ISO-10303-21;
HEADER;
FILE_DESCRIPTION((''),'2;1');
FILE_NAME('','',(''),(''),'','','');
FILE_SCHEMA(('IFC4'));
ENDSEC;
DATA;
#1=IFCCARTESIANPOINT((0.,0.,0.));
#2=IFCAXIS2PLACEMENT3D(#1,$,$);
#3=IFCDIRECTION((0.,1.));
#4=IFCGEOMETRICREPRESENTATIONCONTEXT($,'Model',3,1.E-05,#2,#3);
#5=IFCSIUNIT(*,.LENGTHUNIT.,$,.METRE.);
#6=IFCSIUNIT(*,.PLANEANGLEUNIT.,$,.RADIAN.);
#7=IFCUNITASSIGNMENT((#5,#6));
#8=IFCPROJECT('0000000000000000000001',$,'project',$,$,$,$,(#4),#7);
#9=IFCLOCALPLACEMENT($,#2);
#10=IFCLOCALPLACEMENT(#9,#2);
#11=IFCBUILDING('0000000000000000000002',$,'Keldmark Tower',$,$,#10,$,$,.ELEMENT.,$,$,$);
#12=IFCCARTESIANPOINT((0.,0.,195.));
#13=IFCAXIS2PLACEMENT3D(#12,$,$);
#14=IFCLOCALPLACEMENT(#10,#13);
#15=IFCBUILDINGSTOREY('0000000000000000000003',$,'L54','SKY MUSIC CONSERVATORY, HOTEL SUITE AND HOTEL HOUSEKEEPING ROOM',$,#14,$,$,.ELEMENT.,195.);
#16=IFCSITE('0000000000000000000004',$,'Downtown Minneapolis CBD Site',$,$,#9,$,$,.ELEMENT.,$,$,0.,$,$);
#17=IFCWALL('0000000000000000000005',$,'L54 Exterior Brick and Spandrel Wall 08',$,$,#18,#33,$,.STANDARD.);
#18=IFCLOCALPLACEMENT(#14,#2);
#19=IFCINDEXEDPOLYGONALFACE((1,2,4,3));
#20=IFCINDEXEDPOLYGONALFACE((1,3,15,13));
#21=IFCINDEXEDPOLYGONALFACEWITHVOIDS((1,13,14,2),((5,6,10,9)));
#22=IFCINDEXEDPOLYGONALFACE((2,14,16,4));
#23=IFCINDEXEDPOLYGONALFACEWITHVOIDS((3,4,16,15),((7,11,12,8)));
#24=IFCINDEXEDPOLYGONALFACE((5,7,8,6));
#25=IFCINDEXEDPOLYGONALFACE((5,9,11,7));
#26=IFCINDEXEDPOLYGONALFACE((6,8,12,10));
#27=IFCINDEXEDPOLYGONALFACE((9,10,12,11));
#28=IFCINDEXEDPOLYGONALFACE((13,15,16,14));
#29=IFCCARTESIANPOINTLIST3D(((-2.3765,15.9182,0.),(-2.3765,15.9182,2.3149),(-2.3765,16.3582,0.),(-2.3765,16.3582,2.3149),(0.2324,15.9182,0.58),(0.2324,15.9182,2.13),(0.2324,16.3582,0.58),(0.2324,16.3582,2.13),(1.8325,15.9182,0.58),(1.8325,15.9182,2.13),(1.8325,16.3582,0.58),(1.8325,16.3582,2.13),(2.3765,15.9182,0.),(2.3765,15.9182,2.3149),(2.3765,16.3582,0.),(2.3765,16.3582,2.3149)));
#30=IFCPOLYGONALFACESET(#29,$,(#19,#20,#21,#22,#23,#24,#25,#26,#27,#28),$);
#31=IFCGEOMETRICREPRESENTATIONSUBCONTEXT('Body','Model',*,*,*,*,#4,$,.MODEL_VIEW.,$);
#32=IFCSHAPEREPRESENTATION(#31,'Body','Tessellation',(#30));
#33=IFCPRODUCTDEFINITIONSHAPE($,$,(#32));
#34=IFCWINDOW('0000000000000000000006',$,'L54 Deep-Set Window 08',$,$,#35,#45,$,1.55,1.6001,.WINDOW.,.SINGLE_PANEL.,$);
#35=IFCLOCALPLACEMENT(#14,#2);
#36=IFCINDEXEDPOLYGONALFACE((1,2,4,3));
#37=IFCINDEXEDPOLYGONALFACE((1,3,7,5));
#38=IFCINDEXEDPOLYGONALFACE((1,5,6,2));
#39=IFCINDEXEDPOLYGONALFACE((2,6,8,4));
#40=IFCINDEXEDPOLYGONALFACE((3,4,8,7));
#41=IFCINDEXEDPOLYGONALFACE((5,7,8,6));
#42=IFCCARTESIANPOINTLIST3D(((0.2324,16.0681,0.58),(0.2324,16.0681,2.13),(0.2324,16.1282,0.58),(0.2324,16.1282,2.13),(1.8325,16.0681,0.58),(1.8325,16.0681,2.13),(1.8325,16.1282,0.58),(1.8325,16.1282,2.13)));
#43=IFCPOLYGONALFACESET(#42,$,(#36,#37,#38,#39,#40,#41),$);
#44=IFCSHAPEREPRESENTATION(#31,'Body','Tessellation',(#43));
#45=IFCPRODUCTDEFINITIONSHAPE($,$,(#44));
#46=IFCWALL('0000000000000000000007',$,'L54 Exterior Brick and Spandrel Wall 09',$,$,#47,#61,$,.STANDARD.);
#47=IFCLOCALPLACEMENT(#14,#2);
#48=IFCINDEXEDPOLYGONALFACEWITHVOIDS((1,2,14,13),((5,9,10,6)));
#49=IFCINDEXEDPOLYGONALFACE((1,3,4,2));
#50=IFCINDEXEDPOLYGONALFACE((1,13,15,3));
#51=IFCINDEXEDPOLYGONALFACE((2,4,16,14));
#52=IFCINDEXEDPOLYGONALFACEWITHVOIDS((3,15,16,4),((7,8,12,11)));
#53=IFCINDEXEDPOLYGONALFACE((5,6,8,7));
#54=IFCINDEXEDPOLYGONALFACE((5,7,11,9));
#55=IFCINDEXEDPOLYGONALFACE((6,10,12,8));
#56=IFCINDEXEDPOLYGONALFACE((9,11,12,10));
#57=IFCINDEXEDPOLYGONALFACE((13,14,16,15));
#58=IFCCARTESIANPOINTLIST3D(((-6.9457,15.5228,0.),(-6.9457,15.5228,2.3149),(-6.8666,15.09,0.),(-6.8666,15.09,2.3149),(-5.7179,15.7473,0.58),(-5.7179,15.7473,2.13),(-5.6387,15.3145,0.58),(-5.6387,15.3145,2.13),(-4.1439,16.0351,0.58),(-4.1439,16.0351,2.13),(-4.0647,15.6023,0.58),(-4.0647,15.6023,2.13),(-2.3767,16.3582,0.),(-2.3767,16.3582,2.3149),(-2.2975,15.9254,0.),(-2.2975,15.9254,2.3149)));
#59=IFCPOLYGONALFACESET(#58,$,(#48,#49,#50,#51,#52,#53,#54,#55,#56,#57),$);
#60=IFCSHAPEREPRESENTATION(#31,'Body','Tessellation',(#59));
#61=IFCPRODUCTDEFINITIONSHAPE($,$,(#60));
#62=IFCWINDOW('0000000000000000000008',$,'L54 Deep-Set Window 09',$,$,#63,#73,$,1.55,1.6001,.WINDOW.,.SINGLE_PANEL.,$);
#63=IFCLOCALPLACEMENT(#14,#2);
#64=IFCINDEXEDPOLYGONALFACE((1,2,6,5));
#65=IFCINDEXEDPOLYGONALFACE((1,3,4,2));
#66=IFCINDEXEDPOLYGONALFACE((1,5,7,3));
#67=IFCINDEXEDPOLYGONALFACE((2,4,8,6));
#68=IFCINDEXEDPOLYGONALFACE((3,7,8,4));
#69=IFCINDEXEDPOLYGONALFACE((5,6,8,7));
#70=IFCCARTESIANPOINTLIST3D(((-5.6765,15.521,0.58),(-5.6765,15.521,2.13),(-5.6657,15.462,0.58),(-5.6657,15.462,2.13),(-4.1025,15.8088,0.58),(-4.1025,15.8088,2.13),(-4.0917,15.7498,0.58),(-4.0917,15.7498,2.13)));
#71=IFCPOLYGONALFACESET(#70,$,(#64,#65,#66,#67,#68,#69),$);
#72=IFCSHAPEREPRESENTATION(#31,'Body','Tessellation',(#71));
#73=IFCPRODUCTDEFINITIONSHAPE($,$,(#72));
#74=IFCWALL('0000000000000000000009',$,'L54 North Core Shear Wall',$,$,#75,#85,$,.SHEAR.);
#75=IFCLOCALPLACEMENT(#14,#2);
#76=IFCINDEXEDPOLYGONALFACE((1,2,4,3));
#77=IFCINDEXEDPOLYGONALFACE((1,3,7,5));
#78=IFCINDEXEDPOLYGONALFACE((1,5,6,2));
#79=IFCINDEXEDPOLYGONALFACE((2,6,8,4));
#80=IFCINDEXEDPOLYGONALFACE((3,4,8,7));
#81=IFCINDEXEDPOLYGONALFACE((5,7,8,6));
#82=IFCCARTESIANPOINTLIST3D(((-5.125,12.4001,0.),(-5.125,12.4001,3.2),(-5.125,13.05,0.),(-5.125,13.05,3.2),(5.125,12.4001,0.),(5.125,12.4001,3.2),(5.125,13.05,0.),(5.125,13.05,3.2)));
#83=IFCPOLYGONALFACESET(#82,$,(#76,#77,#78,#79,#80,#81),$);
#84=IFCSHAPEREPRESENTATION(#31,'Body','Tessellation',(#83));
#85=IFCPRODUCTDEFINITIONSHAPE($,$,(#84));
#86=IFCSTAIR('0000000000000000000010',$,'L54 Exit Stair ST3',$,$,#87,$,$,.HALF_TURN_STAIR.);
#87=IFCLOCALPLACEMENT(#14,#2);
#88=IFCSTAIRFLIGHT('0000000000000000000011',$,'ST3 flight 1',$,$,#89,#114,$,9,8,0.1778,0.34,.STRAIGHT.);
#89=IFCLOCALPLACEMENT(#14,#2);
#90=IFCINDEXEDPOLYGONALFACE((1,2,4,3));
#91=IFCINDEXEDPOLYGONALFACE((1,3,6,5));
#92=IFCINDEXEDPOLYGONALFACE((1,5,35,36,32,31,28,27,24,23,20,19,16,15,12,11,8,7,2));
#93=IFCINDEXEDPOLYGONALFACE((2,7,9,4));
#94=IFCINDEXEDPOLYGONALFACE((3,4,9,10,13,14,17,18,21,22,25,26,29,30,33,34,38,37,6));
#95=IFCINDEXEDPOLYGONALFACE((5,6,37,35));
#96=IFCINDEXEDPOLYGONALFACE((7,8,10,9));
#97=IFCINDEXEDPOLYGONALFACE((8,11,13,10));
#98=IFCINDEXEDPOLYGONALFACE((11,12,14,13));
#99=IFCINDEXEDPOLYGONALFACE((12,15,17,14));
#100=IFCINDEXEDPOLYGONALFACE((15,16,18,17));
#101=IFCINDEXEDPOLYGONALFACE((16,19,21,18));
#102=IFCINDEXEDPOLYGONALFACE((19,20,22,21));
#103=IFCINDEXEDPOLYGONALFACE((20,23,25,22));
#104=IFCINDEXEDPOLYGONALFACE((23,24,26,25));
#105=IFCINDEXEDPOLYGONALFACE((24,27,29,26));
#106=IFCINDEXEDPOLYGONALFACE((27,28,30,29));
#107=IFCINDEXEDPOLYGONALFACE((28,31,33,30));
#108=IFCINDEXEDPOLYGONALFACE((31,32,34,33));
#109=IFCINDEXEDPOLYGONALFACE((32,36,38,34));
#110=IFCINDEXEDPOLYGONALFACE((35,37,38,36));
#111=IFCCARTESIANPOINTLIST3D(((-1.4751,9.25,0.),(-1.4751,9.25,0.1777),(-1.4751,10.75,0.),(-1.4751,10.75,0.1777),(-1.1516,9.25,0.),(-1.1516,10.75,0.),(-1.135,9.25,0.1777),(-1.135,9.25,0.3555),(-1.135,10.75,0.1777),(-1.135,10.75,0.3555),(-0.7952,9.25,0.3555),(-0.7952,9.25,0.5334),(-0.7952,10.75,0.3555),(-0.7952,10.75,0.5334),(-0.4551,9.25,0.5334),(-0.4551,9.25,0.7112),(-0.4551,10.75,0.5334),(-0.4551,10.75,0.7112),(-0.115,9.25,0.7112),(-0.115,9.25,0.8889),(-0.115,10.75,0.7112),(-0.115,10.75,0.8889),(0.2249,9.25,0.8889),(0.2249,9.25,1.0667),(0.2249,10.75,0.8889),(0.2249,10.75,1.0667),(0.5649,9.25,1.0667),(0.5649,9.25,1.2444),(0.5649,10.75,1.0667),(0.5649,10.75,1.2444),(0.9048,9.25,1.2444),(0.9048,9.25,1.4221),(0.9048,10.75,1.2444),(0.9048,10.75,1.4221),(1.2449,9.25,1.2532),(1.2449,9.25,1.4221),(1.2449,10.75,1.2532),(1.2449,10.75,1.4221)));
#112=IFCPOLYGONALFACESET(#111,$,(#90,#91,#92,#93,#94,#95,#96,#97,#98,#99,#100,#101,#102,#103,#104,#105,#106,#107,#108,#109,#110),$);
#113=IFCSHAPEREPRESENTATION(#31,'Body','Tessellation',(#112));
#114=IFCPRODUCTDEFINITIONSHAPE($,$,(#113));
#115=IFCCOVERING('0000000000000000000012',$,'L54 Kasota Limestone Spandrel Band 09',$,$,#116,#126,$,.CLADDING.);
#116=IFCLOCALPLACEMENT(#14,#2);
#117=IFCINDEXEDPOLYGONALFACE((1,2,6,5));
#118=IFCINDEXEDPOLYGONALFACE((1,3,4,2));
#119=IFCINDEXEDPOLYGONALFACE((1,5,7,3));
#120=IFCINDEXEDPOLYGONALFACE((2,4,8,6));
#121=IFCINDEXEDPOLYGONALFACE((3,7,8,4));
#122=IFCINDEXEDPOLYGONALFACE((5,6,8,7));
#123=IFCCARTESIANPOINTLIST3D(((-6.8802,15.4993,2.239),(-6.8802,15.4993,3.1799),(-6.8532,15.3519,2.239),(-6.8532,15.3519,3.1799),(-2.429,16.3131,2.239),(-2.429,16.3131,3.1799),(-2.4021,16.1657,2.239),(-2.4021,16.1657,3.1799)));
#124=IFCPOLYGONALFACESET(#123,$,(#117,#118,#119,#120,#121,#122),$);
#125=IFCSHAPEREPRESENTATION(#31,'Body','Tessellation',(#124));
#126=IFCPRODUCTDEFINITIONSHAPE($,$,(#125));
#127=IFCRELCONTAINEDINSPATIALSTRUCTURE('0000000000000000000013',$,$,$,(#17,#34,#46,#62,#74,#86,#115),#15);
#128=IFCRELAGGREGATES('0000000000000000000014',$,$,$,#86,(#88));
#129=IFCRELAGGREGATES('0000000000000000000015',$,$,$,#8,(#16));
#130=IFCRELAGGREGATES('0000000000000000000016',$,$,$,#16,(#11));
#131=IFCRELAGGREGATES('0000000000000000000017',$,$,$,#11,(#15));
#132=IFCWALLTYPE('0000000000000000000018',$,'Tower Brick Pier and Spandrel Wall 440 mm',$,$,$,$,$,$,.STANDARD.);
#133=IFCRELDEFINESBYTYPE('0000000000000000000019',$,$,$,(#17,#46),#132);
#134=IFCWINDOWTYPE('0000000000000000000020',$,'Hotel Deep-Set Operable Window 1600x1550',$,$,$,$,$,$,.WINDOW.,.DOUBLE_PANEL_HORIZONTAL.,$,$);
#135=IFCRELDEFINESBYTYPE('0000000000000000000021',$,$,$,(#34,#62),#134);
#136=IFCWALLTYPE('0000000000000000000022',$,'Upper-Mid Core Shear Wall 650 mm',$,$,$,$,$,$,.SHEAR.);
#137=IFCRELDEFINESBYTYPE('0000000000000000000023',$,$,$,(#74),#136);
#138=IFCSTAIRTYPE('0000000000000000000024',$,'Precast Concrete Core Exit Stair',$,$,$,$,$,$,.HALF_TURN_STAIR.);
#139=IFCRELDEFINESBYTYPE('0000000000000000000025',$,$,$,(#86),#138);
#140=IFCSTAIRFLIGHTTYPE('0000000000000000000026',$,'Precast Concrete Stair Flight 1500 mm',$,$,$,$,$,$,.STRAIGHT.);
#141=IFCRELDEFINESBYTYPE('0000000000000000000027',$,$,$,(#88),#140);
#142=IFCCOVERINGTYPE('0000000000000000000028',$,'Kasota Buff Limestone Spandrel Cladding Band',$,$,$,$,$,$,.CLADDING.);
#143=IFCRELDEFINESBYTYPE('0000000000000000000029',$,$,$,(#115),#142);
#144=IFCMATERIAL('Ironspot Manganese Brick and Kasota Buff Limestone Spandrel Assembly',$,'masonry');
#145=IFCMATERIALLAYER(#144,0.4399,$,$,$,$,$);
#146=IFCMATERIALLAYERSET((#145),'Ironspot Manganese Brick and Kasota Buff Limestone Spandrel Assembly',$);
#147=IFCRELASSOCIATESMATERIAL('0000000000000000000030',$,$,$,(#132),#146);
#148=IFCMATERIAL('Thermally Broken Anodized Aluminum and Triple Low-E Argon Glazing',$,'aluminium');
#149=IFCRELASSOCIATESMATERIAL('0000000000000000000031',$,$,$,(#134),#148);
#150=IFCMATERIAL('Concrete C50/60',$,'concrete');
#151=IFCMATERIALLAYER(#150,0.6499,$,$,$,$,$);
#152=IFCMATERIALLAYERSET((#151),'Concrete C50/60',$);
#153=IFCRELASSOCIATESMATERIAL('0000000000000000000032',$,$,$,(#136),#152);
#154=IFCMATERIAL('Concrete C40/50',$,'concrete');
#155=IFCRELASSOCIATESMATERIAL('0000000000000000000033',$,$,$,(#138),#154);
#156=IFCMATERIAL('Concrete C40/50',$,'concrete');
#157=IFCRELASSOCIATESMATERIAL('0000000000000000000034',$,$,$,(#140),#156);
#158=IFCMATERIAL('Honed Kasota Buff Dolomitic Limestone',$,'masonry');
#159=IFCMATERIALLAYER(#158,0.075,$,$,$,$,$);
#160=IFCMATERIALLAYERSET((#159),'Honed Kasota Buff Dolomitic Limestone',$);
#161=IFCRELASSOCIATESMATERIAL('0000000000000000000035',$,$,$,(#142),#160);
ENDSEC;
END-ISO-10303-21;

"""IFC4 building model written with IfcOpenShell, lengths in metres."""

from ifc_helpers import new_model, si_unit, direction, frame, frame_2d, origin, origin_2d, place, context, subcontext, project, spatial, polyline, rectangle, outline, extrude, material, layer, layer_set, type_object, element, fill, aggregate, save


model = new_model("IFC4")

# Units and contexts
model_context = context("Model", 3, precision=1e-05, world=origin(), true_north=direction((0.0, 1.0)))
body_context = subcontext(model_context, "Body", "Model", "MODEL_VIEW")
ifc_project = project(units=[si_unit("LENGTHUNIT", "METRE"), si_unit("PLANEANGLEUNIT", "RADIAN")], contexts=[model_context])

# Site, building, storey
site_placement = place(None, origin())
site = spatial("IfcSite", under=ifc_project, at=site_placement, Name="Downtown Minneapolis CBD Site", CompositionType="ELEMENT", RefElevation=0.0)
building_placement = place(site_placement, origin())
building = spatial("IfcBuilding", under=site, at=building_placement, Name="Keldmark Tower", CompositionType="ELEMENT")
storey_placement = place(building_placement, frame((0.0, 0.0, 195.0)))
storey = spatial("IfcBuildingStorey", under=building, at=storey_placement, Name="L54", Description="SKY MUSIC CONSERVATORY, HOTEL SUITE AND HOTEL HOUSEKEEPING ROOM", CompositionType="ELEMENT", Elevation=195.0)

# Walls, openings, windows
ifc_material_1 = material(Name="Ironspot Manganese Brick and Kasota Buff Limestone Spandrel Assembly", Category="masonry")
ifc_layer_1 = layer(ifc_material_1, 0.4399)
ifc_layer_set_1 = layer_set([ifc_layer_1], Name="Ironspot Manganese Brick and Kasota Buff Limestone Spandrel Assembly")
wall_type_1 = type_object("IfcWallType", Name="Tower Brick Pier and Spandrel Wall 440 mm", PredefinedType="STANDARD", material=ifc_layer_set_1)
wall_1_placement = place(storey_placement, frame((-2.3765, 16.1382, 0.0), z_axis=(0.0, 0.0, 1.0), x_axis=(1.0, 0.0, 0.0)))
wall_1 = element("IfcWall", 1, at=wall_1_placement, inside=storey, type_object=wall_type_1, Name="L54 Exterior Brick and Spandrel Wall 08", PredefinedType="STANDARD", context=body_context, shape_type="SweptSolid", body=[
    extrude(rectangle(XDim=4.7529, YDim=0.4399, at=frame_2d((2.3765, 0.0))), origin(), (0.0, 0.0, 1.0), 2.3149),
])
opening_1_placement = place(wall_1_placement, frame((2.6089, 0.0, 0.5801)))
opening_1 = element("IfcOpeningElement", 2, at=opening_1_placement, cuts=wall_1, PredefinedType="OPENING", context=body_context, shape_type="SweptSolid", body=[
    extrude(rectangle(XDim=1.6001, YDim=1.55, at=frame_2d((0.8, 0.7749))), frame((0.0, 0.23, 0.0), z_axis=(0.0, -1.0, 0.0), x_axis=(1.0, 0.0, 0.0)), (0.0, 0.0, 1.0), 0.46),
])
ifc_material_2 = material(Name="Thermally Broken Anodized Aluminum and Triple Low-E Argon Glazing", Category="aluminium")
window_type = type_object("IfcWindowType", Name="Hotel Deep-Set Operable Window 1600x1550", PartitioningType="DOUBLE_PANEL_HORIZONTAL", PredefinedType="WINDOW", material=ifc_material_2)
window_1_placement = place(opening_1_placement, origin())
window_1 = element("IfcWindow", 3, at=window_1_placement, inside=storey, type_object=window_type, Name="L54 Deep-Set Window 08", OverallHeight=1.55, OverallWidth=1.6001, PartitioningType="SINGLE_PANEL", PredefinedType="WINDOW", context=body_context, shape_type="SweptSolid", body=[
    extrude(rectangle(XDim=1.6001, YDim=1.55, at=frame_2d((0.8, 0.7749))), frame((0.0, -0.01, 0.0), z_axis=(0.0, -1.0, 0.0), x_axis=(1.0, 0.0, 0.0)), (0.0, 0.0, 1.0), 0.0601),
])
fill(opening_1, window_1)
wall_2_placement = place(storey_placement, frame((-6.906, 15.3064, 0.0), z_axis=(0.0, 0.0, 1.0), x_axis=(0.983691, 0.179866, 0.0)))
wall_2 = element("IfcWall", 4, at=wall_2_placement, inside=storey, type_object=wall_type_1, Name="L54 Exterior Brick and Spandrel Wall 09", PredefinedType="STANDARD", context=body_context, shape_type="SweptSolid", body=[
    extrude(rectangle(XDim=4.6448, YDim=0.4399, at=frame_2d((2.3223, 0.0))), origin(), (0.0, 0.0, 1.0), 2.3149),
])
opening_2_placement = place(wall_2_placement, frame((1.248, 0.0, 0.5801)))
opening_2 = element("IfcOpeningElement", 5, at=opening_2_placement, cuts=wall_2, PredefinedType="OPENING", context=body_context, shape_type="SweptSolid", body=[
    extrude(rectangle(XDim=1.6001, YDim=1.55, at=frame_2d((0.8, 0.7749))), frame((0.0, 0.23, 0.0), z_axis=(0.0, -1.0, 0.0), x_axis=(1.0, 0.0, 0.0)), (0.0, 0.0, 1.0), 0.46),
])
window_2_placement = place(opening_2_placement, origin())
window_2 = element("IfcWindow", 6, at=window_2_placement, inside=storey, type_object=window_type, Name="L54 Deep-Set Window 09", OverallHeight=1.55, OverallWidth=1.6001, PartitioningType="SINGLE_PANEL", PredefinedType="WINDOW", context=body_context, shape_type="SweptSolid", body=[
    extrude(rectangle(XDim=1.6001, YDim=1.55, at=frame_2d((0.8, 0.7749))), frame((0.0, -0.01, 0.0), z_axis=(0.0, -1.0, 0.0), x_axis=(1.0, 0.0, 0.0)), (0.0, 0.0, 1.0), 0.0601),
])
fill(opening_2, window_2)

# Wall
ifc_material_3 = material(Name="Concrete C50/60", Category="concrete")
ifc_layer_2 = layer(ifc_material_3, 0.6499)
ifc_layer_set_2 = layer_set([ifc_layer_2], Name="Concrete C50/60")
wall_type_2 = type_object("IfcWallType", Name="Upper-Mid Core Shear Wall 650 mm", PredefinedType="SHEAR", material=ifc_layer_set_2)
wall_3_placement = place(storey_placement, frame((-5.125, 12.7251, 0.0), z_axis=(0.0, 0.0, 1.0), x_axis=(1.0, 0.0, 0.0)))
element("IfcWall", 7, at=wall_3_placement, inside=storey, type_object=wall_type_2, Name="L54 North Core Shear Wall", PredefinedType="SHEAR", context=body_context, shape_type="SweptSolid", body=[
    extrude(rectangle(XDim=10.25, YDim=0.6499, at=frame_2d((5.125, 0.0))), origin(), (0.0, 0.0, 1.0), 3.2),
])

# Stair, stair flight
ifc_material_4 = material(Name="Concrete C40/50", Category="concrete")
stair_type = type_object("IfcStairType", Name="Precast Concrete Core Exit Stair", PredefinedType="HALF_TURN_STAIR", material=ifc_material_4)
stair_placement = place(storey_placement, origin())
stair = element("IfcStair", 8, at=stair_placement, inside=storey, type_object=stair_type, Name="L54 Exit Stair ST3", PredefinedType="HALF_TURN_STAIR")
ifc_material_5 = material(Name="Concrete C40/50", Category="concrete")
stair_flight_type = type_object("IfcStairFlightType", Name="Precast Concrete Stair Flight 1500 mm", PredefinedType="STRAIGHT", material=ifc_material_5)
stair_flight_placement = place(storey_placement, frame((-1.4751, 10.0, 0.0), z_axis=(0.0, 0.0, 1.0), x_axis=(1.0, 0.0, 0.0)))
stair_flight = element("IfcStairFlight", 9, at=stair_flight_placement, type_object=stair_flight_type, Name="ST3 flight 1", NumberOfRisers=9, NumberOfTreads=8, PredefinedType="STRAIGHT", RiserHeight=0.1778, TreadLength=0.34, context=body_context, shape_type="SweptSolid", body=[
    extrude(outline(polyline([(0.0, 0.0), (0.0, 0.1777), (0.3401, 0.1777), (0.3401, 0.3555), (0.6799, 0.3555), (0.6799, 0.5334), (1.02, 0.5334), (1.02, 0.7112), (1.3601, 0.7112), (1.3601, 0.8889), (1.7, 0.8889), (1.7, 1.0667), (2.04, 1.0667), (2.04, 1.2444), (2.3799, 1.2444), (2.3799, 1.4221), (2.72, 1.4221), (2.72, 1.6001), (2.72, 1.2532), (0.3235, 0.0), (0.0, 0.0)])), frame((0.0, 0.75, 0.0), z_axis=(0.0, -1.0, 0.0), x_axis=(1.0, 0.0, 0.0)), (0.0, 0.0, 1.0), 1.5),
])
aggregate(stair, [stair_flight])

# Covering
ifc_material_6 = material(Name="Honed Kasota Buff Dolomitic Limestone", Category="masonry")
ifc_layer_3 = layer(ifc_material_6, 0.075)
ifc_layer_set_3 = layer_set([ifc_layer_3], Name="Honed Kasota Buff Dolomitic Limestone")
covering_type = type_object("IfcCoveringType", Name="Kasota Buff Limestone Spandrel Cladding Band", PredefinedType="CLADDING", material=ifc_layer_set_3)
covering_placement = place(storey_placement, frame((-4.6411, 15.8325, 2.239), z_axis=(0.0, 0.0, 1.0), x_axis=(-0.983694, -0.17985, 0.0)))
element("IfcCovering", 10, at=covering_placement, inside=storey, type_object=covering_type, Name="L54 Kasota Limestone Spandrel Band 09", PredefinedType="CLADDING", context=body_context, shape_type="SweptSolid", body=[
    extrude(rectangle(XDim=4.5249, YDim=0.1499, at=origin_2d()), origin(), (0.0, 0.0, 1.0), 0.9409),
])

save(model, "model.ifc")
